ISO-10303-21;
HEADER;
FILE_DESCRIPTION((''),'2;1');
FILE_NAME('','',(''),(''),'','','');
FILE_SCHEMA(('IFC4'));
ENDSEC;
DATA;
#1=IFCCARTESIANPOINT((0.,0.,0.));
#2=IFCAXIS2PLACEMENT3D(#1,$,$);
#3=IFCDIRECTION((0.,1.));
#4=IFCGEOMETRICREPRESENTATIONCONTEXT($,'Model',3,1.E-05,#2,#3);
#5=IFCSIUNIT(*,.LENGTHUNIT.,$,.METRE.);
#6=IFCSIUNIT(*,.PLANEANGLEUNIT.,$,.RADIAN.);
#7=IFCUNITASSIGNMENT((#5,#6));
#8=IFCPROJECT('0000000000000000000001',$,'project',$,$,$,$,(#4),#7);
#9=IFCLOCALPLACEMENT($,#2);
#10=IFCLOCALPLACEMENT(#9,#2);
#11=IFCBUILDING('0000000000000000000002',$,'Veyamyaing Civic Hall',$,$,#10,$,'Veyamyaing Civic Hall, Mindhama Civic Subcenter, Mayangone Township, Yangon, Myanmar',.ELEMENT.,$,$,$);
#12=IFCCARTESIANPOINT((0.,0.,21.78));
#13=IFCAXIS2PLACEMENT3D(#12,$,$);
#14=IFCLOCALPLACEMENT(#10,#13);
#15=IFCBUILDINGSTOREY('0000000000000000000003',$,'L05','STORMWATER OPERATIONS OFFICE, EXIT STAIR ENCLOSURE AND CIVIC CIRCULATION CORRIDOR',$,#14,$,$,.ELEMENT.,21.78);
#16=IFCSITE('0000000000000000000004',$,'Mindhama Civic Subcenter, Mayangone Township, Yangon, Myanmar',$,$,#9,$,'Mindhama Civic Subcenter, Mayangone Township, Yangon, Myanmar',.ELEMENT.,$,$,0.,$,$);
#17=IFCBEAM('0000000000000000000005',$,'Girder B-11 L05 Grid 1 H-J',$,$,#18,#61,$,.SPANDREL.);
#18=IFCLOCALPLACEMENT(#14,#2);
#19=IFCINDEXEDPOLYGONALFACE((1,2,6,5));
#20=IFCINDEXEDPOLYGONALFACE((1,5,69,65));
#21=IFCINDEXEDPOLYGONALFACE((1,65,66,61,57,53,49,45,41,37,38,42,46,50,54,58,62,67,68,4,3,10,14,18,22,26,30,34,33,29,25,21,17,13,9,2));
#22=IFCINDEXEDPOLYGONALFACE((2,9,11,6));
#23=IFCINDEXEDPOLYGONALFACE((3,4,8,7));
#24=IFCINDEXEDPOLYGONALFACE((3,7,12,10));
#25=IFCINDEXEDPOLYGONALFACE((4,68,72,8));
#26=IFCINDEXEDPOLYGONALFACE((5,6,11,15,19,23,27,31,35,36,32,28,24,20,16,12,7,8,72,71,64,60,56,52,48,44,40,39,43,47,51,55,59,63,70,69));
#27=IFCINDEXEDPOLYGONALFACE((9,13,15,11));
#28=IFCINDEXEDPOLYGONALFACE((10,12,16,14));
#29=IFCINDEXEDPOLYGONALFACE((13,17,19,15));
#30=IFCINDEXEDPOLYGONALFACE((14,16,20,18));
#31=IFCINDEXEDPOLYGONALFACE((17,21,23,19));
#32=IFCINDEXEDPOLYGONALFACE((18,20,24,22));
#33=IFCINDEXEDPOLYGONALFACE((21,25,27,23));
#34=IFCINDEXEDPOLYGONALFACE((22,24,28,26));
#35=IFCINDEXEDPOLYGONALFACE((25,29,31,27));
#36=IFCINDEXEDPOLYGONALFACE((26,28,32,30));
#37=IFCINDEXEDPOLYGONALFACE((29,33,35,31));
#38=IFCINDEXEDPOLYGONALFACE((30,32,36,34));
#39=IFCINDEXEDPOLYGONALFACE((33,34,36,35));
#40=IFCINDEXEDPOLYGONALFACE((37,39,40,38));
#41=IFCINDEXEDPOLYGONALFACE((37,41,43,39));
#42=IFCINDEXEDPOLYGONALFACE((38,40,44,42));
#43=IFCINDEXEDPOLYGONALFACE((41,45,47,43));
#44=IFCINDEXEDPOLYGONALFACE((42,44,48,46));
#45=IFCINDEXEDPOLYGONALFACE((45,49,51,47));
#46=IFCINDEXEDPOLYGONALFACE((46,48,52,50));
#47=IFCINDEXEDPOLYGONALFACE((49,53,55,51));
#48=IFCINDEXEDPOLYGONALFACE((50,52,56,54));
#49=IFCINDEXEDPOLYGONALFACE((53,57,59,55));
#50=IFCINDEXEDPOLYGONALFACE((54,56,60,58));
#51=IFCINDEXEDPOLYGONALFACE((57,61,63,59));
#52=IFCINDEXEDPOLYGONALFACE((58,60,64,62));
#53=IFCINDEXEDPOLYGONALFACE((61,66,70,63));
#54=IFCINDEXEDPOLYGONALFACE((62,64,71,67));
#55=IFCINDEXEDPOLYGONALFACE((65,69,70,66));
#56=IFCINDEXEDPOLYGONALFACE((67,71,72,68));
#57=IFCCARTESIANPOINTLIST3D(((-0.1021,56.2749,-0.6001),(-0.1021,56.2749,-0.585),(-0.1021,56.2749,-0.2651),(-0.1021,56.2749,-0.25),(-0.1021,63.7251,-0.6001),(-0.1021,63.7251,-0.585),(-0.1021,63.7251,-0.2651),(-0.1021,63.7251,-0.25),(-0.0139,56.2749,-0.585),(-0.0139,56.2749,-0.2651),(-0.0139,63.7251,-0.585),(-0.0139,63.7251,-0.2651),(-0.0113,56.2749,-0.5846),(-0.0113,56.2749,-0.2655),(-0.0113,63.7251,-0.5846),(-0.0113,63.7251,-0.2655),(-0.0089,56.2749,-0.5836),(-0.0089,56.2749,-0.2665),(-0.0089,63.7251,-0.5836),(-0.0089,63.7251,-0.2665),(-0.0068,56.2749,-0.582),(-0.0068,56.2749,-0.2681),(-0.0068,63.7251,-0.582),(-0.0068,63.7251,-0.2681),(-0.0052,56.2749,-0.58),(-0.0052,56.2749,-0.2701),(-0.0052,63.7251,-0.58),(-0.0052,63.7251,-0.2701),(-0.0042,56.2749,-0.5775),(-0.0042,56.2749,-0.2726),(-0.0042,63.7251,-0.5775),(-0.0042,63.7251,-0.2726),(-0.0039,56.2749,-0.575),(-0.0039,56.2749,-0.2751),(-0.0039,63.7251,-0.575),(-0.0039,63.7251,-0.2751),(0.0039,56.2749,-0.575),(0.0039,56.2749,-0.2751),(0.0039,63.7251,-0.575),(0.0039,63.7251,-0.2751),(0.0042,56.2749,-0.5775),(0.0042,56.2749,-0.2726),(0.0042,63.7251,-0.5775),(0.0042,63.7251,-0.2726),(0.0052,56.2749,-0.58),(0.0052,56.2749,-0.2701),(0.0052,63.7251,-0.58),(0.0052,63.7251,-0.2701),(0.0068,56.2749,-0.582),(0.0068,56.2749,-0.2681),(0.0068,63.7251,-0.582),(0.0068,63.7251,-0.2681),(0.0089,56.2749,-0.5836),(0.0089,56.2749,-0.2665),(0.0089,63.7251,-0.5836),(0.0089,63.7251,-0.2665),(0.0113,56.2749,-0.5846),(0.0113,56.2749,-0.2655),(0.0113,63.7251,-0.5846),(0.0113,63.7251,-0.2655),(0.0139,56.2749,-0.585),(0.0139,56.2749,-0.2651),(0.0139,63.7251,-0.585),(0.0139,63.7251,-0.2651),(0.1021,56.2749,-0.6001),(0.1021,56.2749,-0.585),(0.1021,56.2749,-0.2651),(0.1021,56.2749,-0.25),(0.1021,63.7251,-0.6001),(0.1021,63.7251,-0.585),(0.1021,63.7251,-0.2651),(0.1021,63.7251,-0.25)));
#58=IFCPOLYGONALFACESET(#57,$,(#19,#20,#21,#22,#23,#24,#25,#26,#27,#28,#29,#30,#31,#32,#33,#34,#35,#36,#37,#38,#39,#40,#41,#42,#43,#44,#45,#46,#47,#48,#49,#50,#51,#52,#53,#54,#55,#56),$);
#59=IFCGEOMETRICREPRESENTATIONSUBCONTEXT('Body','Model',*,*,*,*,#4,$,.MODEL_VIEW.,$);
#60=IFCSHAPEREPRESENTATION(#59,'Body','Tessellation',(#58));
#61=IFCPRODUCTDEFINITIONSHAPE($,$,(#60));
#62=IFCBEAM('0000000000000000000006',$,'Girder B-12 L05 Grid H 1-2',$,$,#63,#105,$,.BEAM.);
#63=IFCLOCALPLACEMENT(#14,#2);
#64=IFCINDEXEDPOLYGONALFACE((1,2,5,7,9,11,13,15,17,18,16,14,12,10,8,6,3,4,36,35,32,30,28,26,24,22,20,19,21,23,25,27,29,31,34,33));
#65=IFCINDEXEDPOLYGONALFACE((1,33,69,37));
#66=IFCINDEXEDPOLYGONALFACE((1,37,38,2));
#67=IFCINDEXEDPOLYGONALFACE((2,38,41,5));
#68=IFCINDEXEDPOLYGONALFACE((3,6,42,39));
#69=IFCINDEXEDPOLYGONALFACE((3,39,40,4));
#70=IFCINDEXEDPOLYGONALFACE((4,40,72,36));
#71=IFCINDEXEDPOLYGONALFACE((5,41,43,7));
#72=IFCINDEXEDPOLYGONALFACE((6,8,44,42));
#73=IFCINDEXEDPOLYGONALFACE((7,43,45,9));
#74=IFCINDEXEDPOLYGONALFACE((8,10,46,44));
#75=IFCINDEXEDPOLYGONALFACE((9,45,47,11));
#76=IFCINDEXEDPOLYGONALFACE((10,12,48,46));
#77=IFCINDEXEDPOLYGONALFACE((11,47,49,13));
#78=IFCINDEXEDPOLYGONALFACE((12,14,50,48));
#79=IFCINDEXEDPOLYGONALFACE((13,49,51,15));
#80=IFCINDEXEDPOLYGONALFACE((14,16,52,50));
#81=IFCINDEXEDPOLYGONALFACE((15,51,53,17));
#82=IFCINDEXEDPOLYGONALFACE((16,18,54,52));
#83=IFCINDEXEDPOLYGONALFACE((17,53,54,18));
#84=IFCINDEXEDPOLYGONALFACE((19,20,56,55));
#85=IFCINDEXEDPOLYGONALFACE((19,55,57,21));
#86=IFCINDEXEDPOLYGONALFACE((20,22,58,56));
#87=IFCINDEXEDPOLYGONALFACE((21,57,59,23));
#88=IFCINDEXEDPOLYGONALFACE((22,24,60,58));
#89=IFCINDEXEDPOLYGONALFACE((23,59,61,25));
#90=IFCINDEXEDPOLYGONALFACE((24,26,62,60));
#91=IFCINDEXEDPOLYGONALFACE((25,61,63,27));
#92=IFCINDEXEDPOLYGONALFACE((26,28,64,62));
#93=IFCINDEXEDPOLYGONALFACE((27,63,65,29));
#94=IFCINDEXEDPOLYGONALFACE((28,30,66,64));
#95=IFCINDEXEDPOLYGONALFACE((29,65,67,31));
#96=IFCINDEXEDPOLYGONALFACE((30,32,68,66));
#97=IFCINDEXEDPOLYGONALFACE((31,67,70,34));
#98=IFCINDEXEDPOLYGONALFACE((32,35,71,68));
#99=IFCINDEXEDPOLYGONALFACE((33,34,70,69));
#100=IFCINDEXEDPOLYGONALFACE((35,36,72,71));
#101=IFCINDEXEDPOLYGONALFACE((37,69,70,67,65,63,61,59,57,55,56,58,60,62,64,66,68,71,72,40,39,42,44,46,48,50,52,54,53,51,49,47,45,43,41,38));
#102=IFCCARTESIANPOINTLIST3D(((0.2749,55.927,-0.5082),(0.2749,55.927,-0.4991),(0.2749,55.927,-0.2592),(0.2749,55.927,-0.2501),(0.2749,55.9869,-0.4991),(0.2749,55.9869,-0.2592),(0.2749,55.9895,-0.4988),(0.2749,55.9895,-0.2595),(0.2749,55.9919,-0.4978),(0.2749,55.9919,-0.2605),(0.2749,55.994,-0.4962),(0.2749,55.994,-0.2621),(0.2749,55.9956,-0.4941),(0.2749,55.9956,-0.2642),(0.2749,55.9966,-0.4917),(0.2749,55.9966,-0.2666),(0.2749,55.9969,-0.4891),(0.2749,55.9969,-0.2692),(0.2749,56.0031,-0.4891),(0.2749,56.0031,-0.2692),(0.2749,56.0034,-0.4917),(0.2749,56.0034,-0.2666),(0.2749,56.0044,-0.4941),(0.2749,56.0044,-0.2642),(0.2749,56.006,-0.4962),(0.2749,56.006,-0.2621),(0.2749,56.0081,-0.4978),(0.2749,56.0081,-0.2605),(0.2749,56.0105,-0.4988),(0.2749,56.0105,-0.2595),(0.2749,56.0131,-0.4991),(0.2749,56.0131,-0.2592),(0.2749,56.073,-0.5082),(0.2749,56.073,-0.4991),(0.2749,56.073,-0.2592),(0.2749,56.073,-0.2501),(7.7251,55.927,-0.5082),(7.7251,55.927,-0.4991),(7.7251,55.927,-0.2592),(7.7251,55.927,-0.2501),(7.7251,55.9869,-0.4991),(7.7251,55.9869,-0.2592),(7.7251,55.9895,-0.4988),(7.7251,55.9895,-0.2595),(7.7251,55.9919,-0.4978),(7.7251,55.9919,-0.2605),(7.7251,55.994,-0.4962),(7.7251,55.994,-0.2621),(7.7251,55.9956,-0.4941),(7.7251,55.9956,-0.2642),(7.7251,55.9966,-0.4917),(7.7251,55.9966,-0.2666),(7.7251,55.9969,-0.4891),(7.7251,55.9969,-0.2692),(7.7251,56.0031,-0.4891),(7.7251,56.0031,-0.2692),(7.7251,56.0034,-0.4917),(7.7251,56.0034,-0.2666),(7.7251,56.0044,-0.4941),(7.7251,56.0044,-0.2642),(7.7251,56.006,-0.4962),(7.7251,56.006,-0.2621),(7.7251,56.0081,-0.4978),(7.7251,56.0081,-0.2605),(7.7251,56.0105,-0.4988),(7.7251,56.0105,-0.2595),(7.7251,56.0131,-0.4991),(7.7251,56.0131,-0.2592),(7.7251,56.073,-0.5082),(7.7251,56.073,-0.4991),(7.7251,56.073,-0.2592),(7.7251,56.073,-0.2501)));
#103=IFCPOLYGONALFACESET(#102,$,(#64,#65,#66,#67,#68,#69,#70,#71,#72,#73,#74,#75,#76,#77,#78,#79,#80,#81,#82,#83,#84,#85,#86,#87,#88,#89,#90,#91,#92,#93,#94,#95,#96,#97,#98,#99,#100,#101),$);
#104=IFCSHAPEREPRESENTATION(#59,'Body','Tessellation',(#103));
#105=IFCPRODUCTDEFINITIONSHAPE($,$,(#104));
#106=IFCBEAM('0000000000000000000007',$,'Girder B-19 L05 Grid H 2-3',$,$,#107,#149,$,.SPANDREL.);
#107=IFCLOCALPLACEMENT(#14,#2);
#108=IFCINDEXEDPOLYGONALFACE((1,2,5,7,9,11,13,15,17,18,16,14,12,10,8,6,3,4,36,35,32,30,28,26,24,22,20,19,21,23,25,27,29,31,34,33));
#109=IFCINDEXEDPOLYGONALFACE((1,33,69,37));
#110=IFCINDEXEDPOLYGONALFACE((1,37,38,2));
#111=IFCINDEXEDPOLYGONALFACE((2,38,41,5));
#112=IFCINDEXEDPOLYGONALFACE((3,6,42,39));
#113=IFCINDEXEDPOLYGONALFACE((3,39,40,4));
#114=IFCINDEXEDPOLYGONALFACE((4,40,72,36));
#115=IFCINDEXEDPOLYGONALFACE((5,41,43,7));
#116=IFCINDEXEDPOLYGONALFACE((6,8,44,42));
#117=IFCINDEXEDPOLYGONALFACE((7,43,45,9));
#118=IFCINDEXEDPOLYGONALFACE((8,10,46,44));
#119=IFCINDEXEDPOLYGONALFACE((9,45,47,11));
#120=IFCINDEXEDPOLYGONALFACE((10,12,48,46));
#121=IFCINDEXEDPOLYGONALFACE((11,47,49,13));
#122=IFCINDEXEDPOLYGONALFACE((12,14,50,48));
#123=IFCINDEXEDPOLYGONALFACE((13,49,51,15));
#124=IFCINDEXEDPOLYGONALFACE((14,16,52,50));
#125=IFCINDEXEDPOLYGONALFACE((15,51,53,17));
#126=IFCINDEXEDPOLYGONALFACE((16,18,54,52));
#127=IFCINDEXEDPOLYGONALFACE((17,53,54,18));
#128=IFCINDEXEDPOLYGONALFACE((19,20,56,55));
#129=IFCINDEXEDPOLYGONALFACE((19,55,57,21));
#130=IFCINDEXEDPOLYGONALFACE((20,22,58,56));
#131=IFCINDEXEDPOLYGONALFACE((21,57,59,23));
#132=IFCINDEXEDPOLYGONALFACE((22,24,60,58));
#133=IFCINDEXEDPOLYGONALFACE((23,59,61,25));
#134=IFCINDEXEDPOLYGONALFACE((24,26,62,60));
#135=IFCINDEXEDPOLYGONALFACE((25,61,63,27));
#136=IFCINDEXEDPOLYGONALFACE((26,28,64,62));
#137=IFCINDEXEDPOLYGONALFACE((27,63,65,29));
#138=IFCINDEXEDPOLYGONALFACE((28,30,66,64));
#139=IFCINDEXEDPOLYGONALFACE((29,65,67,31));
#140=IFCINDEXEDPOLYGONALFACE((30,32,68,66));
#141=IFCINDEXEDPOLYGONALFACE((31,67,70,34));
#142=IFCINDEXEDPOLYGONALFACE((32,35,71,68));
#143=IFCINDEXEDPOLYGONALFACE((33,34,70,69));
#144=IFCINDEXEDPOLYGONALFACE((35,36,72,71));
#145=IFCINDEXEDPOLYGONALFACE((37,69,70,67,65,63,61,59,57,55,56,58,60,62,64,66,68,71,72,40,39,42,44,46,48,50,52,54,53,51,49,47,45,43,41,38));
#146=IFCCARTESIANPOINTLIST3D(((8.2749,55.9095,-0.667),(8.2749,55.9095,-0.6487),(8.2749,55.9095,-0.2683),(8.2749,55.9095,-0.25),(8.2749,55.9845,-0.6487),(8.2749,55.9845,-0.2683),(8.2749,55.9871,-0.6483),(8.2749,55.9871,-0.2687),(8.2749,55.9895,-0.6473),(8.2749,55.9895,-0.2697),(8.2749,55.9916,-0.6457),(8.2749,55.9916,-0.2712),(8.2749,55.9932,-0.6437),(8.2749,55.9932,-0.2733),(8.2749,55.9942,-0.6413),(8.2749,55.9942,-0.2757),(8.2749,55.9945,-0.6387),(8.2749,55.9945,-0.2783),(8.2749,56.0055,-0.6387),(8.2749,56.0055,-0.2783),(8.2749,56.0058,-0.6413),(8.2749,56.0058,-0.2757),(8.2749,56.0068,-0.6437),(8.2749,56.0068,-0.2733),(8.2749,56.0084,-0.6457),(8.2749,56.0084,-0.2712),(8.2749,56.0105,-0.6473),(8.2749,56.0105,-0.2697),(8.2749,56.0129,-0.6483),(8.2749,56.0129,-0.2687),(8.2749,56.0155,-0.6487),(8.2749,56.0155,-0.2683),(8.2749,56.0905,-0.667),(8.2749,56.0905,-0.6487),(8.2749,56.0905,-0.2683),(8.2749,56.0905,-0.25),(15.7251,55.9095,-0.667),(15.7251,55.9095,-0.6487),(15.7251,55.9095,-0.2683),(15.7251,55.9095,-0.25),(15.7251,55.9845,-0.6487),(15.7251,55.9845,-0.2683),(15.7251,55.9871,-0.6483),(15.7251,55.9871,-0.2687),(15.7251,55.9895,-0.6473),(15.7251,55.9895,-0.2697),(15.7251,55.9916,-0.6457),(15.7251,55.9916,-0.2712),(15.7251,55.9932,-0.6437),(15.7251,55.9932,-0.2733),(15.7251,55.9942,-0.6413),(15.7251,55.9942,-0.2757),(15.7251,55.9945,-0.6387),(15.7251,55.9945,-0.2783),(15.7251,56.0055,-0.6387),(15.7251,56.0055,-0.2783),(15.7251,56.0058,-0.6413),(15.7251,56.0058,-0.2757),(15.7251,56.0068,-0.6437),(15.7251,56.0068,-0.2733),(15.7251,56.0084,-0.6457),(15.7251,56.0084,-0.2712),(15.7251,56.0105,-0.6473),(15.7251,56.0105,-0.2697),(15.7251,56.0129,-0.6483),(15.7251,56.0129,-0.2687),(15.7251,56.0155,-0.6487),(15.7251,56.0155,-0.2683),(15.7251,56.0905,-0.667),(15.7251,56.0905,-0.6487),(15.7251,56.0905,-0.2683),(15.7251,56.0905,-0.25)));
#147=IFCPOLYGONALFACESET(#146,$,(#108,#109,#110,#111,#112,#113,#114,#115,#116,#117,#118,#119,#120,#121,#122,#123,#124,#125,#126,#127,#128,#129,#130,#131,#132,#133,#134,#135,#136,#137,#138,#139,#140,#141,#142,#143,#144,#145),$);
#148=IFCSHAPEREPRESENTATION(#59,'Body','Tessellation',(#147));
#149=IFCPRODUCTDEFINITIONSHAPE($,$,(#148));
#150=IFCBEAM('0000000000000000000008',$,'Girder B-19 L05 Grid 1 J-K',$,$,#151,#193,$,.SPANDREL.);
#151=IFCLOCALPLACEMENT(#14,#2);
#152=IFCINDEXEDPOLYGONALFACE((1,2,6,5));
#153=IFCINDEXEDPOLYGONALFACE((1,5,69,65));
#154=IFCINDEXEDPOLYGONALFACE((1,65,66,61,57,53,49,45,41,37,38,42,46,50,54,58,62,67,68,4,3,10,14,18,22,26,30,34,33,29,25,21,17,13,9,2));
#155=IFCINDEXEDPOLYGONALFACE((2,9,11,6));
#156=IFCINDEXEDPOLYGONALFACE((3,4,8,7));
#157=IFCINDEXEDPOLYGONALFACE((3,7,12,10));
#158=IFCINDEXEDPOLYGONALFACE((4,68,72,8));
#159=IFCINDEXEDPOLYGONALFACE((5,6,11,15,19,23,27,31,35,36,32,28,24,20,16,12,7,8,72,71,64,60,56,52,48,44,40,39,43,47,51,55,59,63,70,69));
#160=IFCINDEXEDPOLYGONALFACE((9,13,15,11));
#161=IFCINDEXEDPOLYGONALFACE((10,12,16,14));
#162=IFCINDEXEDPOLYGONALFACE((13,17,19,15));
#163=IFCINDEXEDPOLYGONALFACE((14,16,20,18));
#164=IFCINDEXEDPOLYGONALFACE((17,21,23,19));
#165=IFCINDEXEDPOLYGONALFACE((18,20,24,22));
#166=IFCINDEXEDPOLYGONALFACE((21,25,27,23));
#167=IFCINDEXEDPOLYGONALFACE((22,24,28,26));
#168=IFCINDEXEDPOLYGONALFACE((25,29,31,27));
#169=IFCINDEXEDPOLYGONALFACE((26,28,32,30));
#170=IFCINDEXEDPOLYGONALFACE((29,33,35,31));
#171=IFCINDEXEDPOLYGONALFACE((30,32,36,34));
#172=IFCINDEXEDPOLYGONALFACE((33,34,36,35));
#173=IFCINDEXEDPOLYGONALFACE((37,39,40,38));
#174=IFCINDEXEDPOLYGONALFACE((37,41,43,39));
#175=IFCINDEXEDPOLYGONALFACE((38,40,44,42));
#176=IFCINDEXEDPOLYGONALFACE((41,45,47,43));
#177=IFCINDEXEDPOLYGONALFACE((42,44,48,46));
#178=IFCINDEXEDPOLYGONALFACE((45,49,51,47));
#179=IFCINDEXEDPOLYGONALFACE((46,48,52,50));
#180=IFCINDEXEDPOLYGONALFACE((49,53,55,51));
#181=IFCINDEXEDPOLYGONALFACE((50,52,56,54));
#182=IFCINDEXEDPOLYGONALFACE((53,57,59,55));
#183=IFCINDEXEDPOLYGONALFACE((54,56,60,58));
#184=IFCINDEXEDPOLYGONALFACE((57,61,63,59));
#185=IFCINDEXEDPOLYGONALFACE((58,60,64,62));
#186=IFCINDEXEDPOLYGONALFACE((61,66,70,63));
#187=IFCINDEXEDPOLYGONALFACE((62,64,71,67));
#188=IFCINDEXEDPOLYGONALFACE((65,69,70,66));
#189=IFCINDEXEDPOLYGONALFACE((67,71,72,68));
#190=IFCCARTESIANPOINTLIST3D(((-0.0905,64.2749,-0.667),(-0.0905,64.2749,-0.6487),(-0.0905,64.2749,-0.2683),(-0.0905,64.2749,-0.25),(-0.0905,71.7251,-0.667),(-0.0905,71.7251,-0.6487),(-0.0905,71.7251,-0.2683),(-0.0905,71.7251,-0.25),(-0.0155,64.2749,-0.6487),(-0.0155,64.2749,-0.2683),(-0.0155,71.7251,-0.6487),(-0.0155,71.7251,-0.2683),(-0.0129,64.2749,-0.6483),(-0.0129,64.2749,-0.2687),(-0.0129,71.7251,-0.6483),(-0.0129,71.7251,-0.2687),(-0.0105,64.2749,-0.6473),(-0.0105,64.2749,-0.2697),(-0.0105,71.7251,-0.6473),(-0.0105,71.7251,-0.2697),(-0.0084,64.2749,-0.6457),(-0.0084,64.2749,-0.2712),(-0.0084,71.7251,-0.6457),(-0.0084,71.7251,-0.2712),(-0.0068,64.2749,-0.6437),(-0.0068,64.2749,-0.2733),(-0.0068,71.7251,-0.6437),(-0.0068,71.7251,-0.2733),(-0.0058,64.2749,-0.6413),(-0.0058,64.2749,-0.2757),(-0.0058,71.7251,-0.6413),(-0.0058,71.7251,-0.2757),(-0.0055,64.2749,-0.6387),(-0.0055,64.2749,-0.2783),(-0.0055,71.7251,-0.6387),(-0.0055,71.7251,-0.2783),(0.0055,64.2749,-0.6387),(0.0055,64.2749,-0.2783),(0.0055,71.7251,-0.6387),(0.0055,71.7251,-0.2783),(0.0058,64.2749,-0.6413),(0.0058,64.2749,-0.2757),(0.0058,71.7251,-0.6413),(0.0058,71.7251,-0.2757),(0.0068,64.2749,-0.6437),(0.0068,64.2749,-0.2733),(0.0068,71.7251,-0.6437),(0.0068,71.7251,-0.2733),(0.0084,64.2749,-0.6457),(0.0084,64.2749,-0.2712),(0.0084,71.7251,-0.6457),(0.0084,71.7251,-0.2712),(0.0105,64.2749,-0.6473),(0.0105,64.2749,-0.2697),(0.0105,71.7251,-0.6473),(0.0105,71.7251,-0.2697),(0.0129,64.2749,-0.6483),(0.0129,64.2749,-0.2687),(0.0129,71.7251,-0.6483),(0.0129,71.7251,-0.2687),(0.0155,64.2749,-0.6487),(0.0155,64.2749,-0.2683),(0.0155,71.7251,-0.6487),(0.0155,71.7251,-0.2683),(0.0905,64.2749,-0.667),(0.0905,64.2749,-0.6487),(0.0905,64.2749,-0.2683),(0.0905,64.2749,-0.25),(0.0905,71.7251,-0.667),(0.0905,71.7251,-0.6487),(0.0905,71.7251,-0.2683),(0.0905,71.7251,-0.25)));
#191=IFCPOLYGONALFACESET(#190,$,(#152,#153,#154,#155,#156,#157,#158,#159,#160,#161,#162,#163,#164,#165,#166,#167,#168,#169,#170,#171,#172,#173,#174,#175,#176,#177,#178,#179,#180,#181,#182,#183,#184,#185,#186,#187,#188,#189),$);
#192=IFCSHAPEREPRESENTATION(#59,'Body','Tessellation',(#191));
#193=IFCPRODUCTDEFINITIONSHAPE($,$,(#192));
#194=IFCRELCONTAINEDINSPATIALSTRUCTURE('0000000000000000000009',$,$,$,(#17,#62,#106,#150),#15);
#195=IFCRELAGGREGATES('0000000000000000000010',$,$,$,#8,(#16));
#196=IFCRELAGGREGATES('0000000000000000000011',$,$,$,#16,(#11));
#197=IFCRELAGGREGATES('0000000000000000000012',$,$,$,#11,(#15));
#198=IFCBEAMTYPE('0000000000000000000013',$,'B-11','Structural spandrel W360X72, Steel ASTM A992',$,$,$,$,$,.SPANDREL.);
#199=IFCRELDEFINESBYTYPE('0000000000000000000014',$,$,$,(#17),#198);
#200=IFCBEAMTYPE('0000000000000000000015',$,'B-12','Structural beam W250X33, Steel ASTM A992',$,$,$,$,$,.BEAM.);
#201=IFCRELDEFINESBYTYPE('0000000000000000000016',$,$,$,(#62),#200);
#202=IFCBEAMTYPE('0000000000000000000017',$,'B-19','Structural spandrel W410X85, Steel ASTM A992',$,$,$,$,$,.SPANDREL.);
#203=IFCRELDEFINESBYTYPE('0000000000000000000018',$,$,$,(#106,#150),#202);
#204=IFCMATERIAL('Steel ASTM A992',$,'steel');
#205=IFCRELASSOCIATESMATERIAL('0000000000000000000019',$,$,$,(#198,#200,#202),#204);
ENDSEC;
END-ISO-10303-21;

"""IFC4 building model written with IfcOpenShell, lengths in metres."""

from ifc_helpers import new_model, si_unit, direction, frame, origin, origin_2d, place, context, subcontext, project, spatial, i_section, extrude, material, material_profile, profile_set, type_object, element, save


model = new_model("IFC4")

# Units and contexts
model_context = context("Model", 3, precision=1e-05, world=origin(), true_north=direction((0.0, 1.0)))
body_context = subcontext(model_context, "Body", "Model", "MODEL_VIEW")
ifc_project = project(units=[si_unit("LENGTHUNIT", "METRE"), si_unit("PLANEANGLEUNIT", "RADIAN")], contexts=[model_context])

# Site, building, storey
site_placement = place(None, origin())
site = spatial("IfcSite", under=ifc_project, at=site_placement, Name="Mindhama Civic Subcenter, Mayangone Township, Yangon, Myanmar", LongName="Mindhama Civic Subcenter, Mayangone Township, Yangon, Myanmar", CompositionType="ELEMENT", RefElevation=0.0)
building_placement = place(site_placement, origin())
building = spatial("IfcBuilding", under=site, at=building_placement, Name="Veyamyaing Civic Hall", LongName="Veyamyaing Civic Hall, Mindhama Civic Subcenter, Mayangone Township, Yangon, Myanmar", CompositionType="ELEMENT")
storey_placement = place(building_placement, frame((0.0, 0.0, 21.78)))
storey = spatial("IfcBuildingStorey", under=building, at=storey_placement, Name="L05", Description="STORMWATER OPERATIONS OFFICE, EXIT STAIR ENCLOSURE AND CIVIC CIRCULATION CORRIDOR", CompositionType="ELEMENT", Elevation=21.78)

# Beams
ifc_material_1 = material(Name="Steel ASTM A992", Category="steel")
ifc_material_profile_1 = material_profile(ifc_material_1, i_section(OverallWidth=0.2041, OverallDepth=0.3501, WebThickness=0.0078, FlangeThickness=0.0151, FilletRadius=0.01, at=origin_2d()), Name="W360X72")
ifc_profile_set_1 = profile_set([ifc_material_profile_1], Name="Steel ASTM A992")
beam_type_1 = type_object("IfcBeamType", Name="B-11", Description="Structural spandrel W360X72, Steel ASTM A992", PredefinedType="SPANDREL", material=ifc_profile_set_1)
beam_1_placement = place(storey_placement, frame((0.0, 56.2749, -0.425), z_axis=(0.0, 1.0, 0.0), x_axis=(-1.0, 0.0, 0.0)))
element("IfcBeam", 1, at=beam_1_placement, inside=storey, type_object=beam_type_1, Name="Girder B-11 L05 Grid 1 H-J", PredefinedType="SPANDREL", context=body_context, shape_type="SweptSolid", body=[
    extrude(i_section(OverallWidth=0.2041, OverallDepth=0.3501, WebThickness=0.0078, FlangeThickness=0.0151, FilletRadius=0.01, at=origin_2d()), origin(), (0.0, 0.0, 1.0), 7.4502),
])
ifc_material_profile_2 = material_profile(ifc_material_1, i_section(OverallWidth=0.146, OverallDepth=0.2581, WebThickness=0.0061, FlangeThickness=0.009, FilletRadius=0.01, at=origin_2d()), Name="W250X33")
ifc_profile_set_2 = profile_set([ifc_material_profile_2], Name="Steel ASTM A992")
beam_type_2 = type_object("IfcBeamType", Name="B-12", Description="Structural beam W250X33, Steel ASTM A992", PredefinedType="BEAM", material=ifc_profile_set_2)
beam_2_placement = place(storey_placement, frame((0.2749, 56.0, -0.3792), z_axis=(1.0, 0.0, 0.0), x_axis=(0.0, 1.0, 0.0)))
element("IfcBeam", 2, at=beam_2_placement, inside=storey, type_object=beam_type_2, Name="Girder B-12 L05 Grid H 1-2", PredefinedType="BEAM", context=body_context, shape_type="SweptSolid", body=[
    extrude(i_section(OverallWidth=0.146, OverallDepth=0.2581, WebThickness=0.0061, FlangeThickness=0.009, FilletRadius=0.01, at=origin_2d()), origin(), (0.0, 0.0, 1.0), 7.4502),
])
ifc_material_profile_3 = material_profile(ifc_material_1, i_section(OverallWidth=0.1809, OverallDepth=0.417, WebThickness=0.011, FlangeThickness=0.0183, FilletRadius=0.01, at=origin_2d()), Name="W410X85")
ifc_profile_set_3 = profile_set([ifc_material_profile_3], Name="Steel ASTM A992")
beam_type_3 = type_object("IfcBeamType", Name="B-19", Description="Structural spandrel W410X85, Steel ASTM A992", PredefinedType="SPANDREL", material=ifc_profile_set_3)
for number, where, z_axis, x_axis, name in (
    (3, (8.2749, 56.0, -0.4585), (1.0, 0.0, 0.0), (0.0, 1.0, 0.0), "Girder B-19 L05 Grid H 2-3"),
    (4, (0.0, 64.2749, -0.4585), (0.0, 1.0, 0.0), (-1.0, 0.0, 0.0), "Girder B-19 L05 Grid 1 J-K"),
):
    element("IfcBeam", number, at=place(storey_placement, frame(where, z_axis=z_axis, x_axis=x_axis)), inside=storey, type_object=beam_type_3, Name=name, PredefinedType="SPANDREL", context=body_context, shape_type="SweptSolid", body=[
        extrude(i_section(OverallWidth=0.1809, OverallDepth=0.417, WebThickness=0.011, FlangeThickness=0.0183, FilletRadius=0.01, at=origin_2d()), origin(), (0.0, 0.0, 1.0), 7.4502),
    ])

save(model, "model.ifc")
